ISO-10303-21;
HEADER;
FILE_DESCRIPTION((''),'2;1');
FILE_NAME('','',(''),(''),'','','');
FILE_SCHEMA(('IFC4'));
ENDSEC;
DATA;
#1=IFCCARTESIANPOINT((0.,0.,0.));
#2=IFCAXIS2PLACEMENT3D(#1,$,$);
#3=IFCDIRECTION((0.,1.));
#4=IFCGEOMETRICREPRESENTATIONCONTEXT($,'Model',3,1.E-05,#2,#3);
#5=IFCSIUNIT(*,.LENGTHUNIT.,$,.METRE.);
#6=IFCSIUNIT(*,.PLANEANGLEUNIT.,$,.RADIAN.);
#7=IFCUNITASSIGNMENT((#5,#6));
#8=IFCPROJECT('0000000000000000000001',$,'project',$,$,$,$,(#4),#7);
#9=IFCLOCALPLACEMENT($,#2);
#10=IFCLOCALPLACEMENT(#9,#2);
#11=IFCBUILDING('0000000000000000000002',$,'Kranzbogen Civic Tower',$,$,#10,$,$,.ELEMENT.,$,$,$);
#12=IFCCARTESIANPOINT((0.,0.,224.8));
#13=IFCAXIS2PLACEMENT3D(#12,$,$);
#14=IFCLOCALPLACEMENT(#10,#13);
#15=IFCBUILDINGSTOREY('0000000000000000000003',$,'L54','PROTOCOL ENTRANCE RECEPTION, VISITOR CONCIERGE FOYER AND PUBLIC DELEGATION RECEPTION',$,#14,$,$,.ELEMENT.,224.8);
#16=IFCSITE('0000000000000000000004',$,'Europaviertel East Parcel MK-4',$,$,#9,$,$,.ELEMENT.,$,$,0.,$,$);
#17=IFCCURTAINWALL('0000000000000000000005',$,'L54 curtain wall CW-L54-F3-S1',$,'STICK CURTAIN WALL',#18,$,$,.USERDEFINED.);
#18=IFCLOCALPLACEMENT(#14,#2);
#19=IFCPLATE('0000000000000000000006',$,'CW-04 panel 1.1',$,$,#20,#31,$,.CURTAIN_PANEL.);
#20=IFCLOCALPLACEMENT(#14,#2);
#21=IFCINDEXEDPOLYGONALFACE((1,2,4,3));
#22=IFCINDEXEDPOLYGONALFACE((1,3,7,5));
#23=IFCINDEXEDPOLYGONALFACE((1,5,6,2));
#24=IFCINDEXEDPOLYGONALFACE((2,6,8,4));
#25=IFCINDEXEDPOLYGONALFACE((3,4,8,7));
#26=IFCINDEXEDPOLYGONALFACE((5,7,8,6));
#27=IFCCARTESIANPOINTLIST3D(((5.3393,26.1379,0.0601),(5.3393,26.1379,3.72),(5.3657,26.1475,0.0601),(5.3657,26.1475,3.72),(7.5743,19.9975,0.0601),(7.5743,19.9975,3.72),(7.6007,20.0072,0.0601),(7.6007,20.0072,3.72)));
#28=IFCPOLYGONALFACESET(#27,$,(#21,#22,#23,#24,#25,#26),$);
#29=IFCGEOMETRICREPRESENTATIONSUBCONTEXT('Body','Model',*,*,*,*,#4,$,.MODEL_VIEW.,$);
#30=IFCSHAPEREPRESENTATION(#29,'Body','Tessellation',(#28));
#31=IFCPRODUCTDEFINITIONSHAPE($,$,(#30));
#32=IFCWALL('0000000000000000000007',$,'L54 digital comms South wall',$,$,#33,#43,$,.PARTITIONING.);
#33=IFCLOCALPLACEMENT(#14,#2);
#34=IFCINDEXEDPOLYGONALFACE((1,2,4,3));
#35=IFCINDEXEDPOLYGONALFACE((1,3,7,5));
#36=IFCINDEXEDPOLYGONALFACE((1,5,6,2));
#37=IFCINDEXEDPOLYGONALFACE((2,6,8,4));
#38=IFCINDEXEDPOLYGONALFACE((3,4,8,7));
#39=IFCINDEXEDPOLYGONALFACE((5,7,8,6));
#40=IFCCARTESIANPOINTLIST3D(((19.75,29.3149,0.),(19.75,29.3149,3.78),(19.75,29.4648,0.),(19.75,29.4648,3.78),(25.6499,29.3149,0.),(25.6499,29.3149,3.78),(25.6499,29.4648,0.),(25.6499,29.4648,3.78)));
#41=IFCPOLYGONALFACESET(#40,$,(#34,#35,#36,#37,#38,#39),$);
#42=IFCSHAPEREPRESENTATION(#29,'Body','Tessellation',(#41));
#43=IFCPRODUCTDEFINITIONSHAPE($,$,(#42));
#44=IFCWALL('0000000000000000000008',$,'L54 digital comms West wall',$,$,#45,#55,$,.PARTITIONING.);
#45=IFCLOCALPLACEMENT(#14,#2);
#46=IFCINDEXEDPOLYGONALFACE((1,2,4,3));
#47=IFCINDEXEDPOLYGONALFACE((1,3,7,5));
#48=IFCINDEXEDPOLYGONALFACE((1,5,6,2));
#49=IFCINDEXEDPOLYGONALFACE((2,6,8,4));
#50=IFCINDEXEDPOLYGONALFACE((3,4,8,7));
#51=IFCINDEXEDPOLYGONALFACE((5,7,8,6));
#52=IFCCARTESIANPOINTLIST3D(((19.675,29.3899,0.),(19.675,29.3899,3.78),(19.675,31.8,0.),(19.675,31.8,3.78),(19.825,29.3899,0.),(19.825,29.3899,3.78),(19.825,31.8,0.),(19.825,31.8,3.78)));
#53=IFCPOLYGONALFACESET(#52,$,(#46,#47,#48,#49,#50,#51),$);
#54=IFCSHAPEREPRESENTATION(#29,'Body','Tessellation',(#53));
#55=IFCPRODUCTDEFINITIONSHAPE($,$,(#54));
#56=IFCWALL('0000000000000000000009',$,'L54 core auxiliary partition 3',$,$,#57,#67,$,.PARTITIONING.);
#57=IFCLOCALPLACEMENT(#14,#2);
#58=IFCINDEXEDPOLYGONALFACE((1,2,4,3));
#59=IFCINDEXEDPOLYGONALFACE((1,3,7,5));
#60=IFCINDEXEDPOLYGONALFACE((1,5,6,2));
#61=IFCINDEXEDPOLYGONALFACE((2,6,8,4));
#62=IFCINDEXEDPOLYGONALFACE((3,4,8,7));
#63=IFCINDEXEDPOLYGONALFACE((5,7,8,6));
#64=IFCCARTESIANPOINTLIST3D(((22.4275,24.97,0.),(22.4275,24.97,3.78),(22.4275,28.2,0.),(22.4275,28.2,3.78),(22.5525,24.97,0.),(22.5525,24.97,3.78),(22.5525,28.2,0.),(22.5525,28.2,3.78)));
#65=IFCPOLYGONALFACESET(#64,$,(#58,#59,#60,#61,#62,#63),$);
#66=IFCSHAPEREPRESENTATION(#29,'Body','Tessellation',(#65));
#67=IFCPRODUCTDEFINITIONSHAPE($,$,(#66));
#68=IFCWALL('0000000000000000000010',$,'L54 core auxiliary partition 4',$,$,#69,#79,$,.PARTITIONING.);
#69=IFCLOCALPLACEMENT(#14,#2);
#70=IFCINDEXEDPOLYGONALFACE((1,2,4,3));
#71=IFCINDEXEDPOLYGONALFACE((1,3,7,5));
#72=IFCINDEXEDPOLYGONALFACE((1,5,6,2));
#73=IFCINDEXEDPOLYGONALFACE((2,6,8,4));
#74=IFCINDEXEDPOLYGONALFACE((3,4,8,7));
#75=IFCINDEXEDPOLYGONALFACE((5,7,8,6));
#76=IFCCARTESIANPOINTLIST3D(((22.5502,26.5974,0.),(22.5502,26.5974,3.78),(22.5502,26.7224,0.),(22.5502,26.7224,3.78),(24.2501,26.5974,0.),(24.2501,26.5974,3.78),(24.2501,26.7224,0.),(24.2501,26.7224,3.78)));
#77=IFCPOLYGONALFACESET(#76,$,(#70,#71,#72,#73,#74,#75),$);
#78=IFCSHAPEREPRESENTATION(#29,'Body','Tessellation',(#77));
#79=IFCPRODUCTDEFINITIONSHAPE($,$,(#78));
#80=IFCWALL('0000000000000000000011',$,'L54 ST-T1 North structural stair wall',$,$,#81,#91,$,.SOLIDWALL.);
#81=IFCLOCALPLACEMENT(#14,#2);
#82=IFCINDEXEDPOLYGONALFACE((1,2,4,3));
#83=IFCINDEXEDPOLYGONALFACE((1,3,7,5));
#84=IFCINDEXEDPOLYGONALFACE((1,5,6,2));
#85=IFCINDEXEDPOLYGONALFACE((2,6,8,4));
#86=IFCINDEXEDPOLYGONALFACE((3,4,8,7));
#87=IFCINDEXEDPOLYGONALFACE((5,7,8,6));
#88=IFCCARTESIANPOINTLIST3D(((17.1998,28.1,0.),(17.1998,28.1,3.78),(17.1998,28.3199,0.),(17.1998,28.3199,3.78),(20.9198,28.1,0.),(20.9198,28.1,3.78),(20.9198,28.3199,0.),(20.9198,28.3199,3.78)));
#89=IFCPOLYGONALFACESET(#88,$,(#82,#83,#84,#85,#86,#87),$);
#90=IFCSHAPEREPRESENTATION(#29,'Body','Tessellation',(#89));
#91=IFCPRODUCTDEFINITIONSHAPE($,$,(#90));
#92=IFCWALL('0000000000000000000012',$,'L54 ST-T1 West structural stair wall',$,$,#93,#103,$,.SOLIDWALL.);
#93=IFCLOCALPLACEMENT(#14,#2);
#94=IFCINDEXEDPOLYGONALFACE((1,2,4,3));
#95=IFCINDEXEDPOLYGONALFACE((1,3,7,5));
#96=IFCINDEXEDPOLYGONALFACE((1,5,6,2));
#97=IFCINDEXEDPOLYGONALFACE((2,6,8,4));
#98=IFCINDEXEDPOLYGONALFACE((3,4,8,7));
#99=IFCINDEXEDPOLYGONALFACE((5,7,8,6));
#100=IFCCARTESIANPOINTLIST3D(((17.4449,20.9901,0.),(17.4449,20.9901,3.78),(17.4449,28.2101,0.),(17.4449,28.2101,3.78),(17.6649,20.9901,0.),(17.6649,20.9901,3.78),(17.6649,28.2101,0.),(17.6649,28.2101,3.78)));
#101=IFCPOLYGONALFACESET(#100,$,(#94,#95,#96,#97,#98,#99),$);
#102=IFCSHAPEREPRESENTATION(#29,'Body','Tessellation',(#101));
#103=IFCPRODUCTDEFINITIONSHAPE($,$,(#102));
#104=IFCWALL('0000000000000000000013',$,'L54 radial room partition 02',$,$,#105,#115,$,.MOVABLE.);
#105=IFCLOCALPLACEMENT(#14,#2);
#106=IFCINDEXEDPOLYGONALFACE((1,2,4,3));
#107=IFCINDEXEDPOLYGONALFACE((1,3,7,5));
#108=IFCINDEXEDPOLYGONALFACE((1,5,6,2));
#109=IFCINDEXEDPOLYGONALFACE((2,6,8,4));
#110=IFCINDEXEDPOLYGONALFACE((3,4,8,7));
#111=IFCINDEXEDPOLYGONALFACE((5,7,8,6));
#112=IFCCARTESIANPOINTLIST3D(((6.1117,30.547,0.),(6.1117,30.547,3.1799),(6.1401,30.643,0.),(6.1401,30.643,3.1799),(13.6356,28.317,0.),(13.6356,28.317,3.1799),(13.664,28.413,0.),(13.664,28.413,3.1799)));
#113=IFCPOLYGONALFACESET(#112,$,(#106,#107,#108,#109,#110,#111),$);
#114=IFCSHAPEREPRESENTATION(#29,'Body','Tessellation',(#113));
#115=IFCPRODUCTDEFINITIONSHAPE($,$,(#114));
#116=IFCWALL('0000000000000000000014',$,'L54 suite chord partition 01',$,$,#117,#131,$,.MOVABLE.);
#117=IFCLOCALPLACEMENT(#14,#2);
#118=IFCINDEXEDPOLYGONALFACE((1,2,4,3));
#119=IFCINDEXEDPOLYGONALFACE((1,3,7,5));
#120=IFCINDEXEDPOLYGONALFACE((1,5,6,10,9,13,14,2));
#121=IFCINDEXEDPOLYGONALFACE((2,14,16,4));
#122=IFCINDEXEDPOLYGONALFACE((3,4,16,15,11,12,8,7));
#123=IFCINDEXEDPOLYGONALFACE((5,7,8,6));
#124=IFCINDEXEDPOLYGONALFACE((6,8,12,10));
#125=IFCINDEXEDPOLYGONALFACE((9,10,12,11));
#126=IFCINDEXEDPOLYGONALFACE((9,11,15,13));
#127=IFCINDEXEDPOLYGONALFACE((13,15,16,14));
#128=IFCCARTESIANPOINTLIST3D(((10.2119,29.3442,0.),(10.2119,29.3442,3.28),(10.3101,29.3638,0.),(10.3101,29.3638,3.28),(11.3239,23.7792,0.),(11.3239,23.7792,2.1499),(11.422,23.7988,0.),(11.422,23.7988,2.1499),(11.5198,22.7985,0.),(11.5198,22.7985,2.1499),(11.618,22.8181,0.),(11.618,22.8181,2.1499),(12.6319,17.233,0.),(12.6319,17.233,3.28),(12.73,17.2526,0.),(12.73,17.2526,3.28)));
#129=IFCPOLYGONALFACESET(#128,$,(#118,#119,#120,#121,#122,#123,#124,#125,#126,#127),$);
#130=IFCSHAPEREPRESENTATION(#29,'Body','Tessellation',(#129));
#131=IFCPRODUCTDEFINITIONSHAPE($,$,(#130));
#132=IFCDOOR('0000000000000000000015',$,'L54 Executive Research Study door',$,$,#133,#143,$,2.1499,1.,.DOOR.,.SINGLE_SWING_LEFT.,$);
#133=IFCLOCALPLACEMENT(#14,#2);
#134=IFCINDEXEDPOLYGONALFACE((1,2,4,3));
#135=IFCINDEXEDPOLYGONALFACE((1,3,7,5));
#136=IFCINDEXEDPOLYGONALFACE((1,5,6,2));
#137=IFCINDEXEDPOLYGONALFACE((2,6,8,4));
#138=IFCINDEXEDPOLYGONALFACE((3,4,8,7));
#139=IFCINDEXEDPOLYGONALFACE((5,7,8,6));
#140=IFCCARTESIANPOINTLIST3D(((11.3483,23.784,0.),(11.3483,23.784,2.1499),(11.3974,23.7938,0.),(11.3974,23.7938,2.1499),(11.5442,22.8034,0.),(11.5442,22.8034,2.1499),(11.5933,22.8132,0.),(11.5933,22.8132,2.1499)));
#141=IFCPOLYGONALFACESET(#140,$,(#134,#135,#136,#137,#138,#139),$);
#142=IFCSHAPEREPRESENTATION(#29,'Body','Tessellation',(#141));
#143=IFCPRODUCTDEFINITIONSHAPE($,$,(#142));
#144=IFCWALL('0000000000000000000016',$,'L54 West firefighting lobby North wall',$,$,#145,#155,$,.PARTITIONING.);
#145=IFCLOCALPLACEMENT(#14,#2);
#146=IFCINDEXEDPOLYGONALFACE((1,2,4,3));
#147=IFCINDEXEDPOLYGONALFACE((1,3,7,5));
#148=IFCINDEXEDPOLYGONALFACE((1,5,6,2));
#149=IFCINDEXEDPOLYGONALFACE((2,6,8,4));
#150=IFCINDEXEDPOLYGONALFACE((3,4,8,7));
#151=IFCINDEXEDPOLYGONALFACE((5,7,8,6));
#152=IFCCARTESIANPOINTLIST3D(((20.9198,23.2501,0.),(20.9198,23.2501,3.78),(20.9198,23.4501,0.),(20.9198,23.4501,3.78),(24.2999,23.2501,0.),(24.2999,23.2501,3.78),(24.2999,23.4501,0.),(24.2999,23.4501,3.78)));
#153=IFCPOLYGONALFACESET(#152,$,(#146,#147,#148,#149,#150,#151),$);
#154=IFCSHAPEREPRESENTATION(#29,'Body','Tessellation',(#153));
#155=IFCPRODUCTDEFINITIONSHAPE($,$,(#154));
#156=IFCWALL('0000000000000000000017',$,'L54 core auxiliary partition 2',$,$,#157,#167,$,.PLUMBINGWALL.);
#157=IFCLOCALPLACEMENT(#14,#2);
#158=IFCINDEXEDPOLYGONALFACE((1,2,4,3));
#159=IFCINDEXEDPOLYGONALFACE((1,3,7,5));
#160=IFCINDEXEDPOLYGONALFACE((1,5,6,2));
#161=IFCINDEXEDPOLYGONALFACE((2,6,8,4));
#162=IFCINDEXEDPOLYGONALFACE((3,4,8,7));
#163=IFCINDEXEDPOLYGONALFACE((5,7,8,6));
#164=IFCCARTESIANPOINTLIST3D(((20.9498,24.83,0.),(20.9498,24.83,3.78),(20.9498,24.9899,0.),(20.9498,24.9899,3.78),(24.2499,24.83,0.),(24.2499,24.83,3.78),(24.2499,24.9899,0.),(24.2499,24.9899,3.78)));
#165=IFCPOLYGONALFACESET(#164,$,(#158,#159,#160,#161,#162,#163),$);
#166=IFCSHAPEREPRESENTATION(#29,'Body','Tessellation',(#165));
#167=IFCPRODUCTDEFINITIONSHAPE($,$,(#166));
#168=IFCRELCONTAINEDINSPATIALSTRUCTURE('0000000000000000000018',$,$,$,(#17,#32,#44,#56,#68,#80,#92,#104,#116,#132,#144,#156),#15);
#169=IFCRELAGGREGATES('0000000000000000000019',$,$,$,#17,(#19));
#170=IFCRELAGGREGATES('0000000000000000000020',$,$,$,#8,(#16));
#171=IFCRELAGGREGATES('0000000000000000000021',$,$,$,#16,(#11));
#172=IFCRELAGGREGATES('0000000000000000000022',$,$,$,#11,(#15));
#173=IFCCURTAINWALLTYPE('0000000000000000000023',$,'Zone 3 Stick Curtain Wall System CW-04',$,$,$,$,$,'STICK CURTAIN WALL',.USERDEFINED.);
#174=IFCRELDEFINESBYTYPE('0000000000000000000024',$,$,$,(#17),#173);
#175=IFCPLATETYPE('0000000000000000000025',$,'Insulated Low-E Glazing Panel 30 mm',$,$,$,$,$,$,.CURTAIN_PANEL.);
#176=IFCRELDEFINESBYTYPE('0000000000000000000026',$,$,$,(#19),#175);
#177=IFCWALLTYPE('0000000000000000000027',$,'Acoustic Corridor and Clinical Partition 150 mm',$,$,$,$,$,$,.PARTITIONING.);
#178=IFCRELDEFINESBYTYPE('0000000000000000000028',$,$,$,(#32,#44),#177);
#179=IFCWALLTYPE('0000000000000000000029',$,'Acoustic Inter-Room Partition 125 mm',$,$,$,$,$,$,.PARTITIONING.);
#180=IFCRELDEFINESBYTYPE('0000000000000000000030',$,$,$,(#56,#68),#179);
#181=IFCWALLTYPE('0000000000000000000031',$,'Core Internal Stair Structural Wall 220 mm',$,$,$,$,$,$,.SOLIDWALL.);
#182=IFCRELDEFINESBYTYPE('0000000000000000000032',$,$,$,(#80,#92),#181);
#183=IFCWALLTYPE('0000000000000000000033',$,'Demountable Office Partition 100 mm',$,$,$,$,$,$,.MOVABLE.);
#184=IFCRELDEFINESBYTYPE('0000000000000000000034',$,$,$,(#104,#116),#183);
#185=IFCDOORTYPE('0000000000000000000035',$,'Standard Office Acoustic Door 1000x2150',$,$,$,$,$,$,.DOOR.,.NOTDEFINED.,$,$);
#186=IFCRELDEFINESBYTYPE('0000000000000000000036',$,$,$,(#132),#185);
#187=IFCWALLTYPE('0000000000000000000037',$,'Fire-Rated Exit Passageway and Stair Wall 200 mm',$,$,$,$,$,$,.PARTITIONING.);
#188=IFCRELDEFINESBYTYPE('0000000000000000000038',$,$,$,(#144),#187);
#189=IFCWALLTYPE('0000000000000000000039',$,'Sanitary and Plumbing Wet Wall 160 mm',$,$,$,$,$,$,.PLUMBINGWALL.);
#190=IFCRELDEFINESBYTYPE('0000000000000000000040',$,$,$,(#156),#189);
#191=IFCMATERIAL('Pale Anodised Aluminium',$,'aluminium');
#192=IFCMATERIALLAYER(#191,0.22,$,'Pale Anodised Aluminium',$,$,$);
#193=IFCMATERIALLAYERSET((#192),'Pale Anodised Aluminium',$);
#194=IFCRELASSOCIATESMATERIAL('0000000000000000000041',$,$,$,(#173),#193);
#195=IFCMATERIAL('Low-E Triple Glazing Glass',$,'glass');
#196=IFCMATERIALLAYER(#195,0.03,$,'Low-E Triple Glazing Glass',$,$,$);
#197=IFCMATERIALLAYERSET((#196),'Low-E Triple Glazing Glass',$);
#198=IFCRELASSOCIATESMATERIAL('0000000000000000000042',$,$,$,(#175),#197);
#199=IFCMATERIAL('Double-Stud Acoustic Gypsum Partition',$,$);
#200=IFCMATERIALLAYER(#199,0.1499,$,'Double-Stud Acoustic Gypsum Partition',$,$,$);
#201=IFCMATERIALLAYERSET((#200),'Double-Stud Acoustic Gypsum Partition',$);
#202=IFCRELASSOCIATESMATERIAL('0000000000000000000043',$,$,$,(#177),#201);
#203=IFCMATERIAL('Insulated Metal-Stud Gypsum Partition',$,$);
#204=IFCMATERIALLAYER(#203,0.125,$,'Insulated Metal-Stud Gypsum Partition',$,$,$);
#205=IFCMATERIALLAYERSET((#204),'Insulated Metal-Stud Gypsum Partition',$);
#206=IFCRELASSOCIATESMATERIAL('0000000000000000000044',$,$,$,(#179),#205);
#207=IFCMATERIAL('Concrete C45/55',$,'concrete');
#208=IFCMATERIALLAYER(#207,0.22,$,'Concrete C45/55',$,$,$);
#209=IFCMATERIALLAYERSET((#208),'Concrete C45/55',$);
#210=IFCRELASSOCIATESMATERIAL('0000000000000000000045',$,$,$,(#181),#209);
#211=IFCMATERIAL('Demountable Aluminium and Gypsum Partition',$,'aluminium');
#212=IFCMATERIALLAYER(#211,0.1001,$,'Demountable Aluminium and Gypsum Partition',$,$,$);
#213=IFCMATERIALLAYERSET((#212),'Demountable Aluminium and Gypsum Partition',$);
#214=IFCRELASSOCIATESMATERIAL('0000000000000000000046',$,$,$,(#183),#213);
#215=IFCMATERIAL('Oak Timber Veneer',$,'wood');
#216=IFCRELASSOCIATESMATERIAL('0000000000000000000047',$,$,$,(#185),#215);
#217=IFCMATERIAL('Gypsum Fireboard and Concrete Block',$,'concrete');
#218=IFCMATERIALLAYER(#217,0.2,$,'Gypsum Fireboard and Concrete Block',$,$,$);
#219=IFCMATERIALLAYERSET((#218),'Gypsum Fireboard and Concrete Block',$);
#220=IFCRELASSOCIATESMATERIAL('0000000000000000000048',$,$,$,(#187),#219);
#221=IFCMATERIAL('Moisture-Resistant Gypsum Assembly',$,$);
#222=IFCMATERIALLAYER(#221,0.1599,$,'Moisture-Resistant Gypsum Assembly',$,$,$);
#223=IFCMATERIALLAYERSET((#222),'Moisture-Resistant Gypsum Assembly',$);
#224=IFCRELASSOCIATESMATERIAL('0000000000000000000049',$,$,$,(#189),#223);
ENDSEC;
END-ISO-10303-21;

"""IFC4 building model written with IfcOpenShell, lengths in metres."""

from ifc_helpers import new_model, si_unit, direction, frame, frame_2d, origin, origin_2d, place, context, subcontext, project, spatial, rectangle, extrude, material, layer, layer_set, type_object, element, fill, aggregate, save


model = new_model("IFC4")

# Units and contexts
model_context = context("Model", 3, precision=1e-05, world=origin(), true_north=direction((0.0, 1.0)))
body_context = subcontext(model_context, "Body", "Model", "MODEL_VIEW")
ifc_project = project(units=[si_unit("LENGTHUNIT", "METRE"), si_unit("PLANEANGLEUNIT", "RADIAN")], contexts=[model_context])

# Site, building, storey
site_placement = place(None, origin())
site = spatial("IfcSite", under=ifc_project, at=site_placement, Name="Europaviertel East Parcel MK-4", CompositionType="ELEMENT", RefElevation=0.0)
building_placement = place(site_placement, origin())
building = spatial("IfcBuilding", under=site, at=building_placement, Name="Kranzbogen Civic Tower", CompositionType="ELEMENT")
storey_placement = place(building_placement, frame((0.0, 0.0, 224.8)))
storey = spatial("IfcBuildingStorey", under=building, at=storey_placement, Name="L54", Description="PROTOCOL ENTRANCE RECEPTION, VISITOR CONCIERGE FOYER AND PUBLIC DELEGATION RECEPTION", CompositionType="ELEMENT", Elevation=224.8)

# Curtain wall
ifc_material_1 = material(Name="Pale Anodised Aluminium", Category="aluminium")
ifc_layer_1 = layer(ifc_material_1, 0.22, Name="Pale Anodised Aluminium")
ifc_layer_set_1 = layer_set([ifc_layer_1], Name="Pale Anodised Aluminium")
curtain_wall_type = type_object("IfcCurtainWallType", Name="Zone 3 Stick Curtain Wall System CW-04", ElementType="STICK CURTAIN WALL", PredefinedType="USERDEFINED", material=ifc_layer_set_1)
curtain_wall_placement = place(storey_placement, origin())
curtain_wall = element("IfcCurtainWall", 1, at=curtain_wall_placement, inside=storey, type_object=curtain_wall_type, Name="L54 curtain wall CW-L54-F3-S1", ObjectType="STICK CURTAIN WALL", PredefinedType="USERDEFINED")

# Plate
ifc_material_2 = material(Name="Low-E Triple Glazing Glass", Category="glass")
ifc_layer_2 = layer(ifc_material_2, 0.03, Name="Low-E Triple Glazing Glass")
ifc_layer_set_2 = layer_set([ifc_layer_2], Name="Low-E Triple Glazing Glass")
plate_type = type_object("IfcPlateType", Name="Insulated Low-E Glazing Panel 30 mm", PredefinedType="CURTAIN_PANEL", material=ifc_layer_set_2)
plate_placement = place(storey_placement, frame((6.47, 23.0725, 0.0601), z_axis=(0.0, 0.0, 1.0), x_axis=(0.342033, -0.939688, 0.0)))
plate = element("IfcPlate", 2, at=plate_placement, type_object=plate_type, Name="CW-04 panel 1.1", PredefinedType="CURTAIN_PANEL", context=body_context, shape_type="SweptSolid", body=[
    extrude(rectangle(XDim=6.5344, YDim=0.0281, at=origin_2d()), origin(), (0.0, 0.0, 1.0), 3.6599),
])
aggregate(curtain_wall, [plate])

# Walls
ifc_material_3 = material(Name="Double-Stud Acoustic Gypsum Partition")
ifc_layer_3 = layer(ifc_material_3, 0.1499, Name="Double-Stud Acoustic Gypsum Partition")
ifc_layer_set_3 = layer_set([ifc_layer_3], Name="Double-Stud Acoustic Gypsum Partition")
wall_type_1 = type_object("IfcWallType", Name="Acoustic Corridor and Clinical Partition 150 mm", PredefinedType="PARTITIONING", material=ifc_layer_set_3)
wall_1_placement = place(storey_placement, frame((19.75, 29.3899, 0.0), z_axis=(0.0, 0.0, 1.0), x_axis=(1.0, 0.0, 0.0)))
element("IfcWall", 3, at=wall_1_placement, inside=storey, type_object=wall_type_1, Name="L54 digital comms South wall", PredefinedType="PARTITIONING", context=body_context, shape_type="SweptSolid", body=[
    extrude(rectangle(XDim=5.8999, YDim=0.1499, at=frame_2d((2.95, 0.0))), origin(), (0.0, 0.0, 1.0), 3.78),
])
wall_2_placement = place(storey_placement, frame((19.75, 29.3899, 0.0), z_axis=(0.0, 0.0, 1.0), x_axis=(0.0, 1.0, 0.0)))
element("IfcWall", 4, at=wall_2_placement, inside=storey, type_object=wall_type_1, Name="L54 digital comms West wall", PredefinedType="PARTITIONING", context=body_context, shape_type="SweptSolid", body=[
    extrude(rectangle(XDim=2.4102, YDim=0.1499, at=frame_2d((1.2051, 0.0))), origin(), (0.0, 0.0, 1.0), 3.78),
])

# Shared definitions
ifc_material_4 = material(Name="Insulated Metal-Stud Gypsum Partition")
ifc_layer_4 = layer(ifc_material_4, 0.125, Name="Insulated Metal-Stud Gypsum Partition")
ifc_layer_set_4 = layer_set([ifc_layer_4], Name="Insulated Metal-Stud Gypsum Partition")
wall_type_2 = type_object("IfcWallType", Name="Acoustic Inter-Room Partition 125 mm", PredefinedType="PARTITIONING", material=ifc_layer_set_4)

# Walls
wall_3_placement = place(storey_placement, frame((22.49, 24.97, 0.0), z_axis=(0.0, 0.0, 1.0), x_axis=(0.0, 1.0, 0.0)))
element("IfcWall", 5, at=wall_3_placement, inside=storey, type_object=wall_type_2, Name="L54 core auxiliary partition 3", PredefinedType="PARTITIONING", context=body_context, shape_type="SweptSolid", body=[
    extrude(rectangle(XDim=3.23, YDim=0.125, at=frame_2d((1.615, 0.0))), origin(), (0.0, 0.0, 1.0), 3.78),
])
wall_4_placement = place(storey_placement, frame((22.55, 26.6599, 0.0), z_axis=(0.0, 0.0, 1.0), x_axis=(1.0, 0.0, 0.0)))
element("IfcWall", 6, at=wall_4_placement, inside=storey, type_object=wall_type_2, Name="L54 core auxiliary partition 4", PredefinedType="PARTITIONING", context=body_context, shape_type="SweptSolid", body=[
    extrude(rectangle(XDim=1.7, YDim=0.125, at=frame_2d((0.8501, 0.0))), origin(), (0.0, 0.0, 1.0), 3.78),
])
ifc_material_5 = material(Name="Concrete C45/55", Category="concrete")
ifc_layer_5 = layer(ifc_material_5, 0.22, Name="Concrete C45/55")
ifc_layer_set_5 = layer_set([ifc_layer_5], Name="Concrete C45/55")
wall_type_3 = type_object("IfcWallType", Name="Core Internal Stair Structural Wall 220 mm", PredefinedType="SOLIDWALL", material=ifc_layer_set_5)
wall_5_placement = place(storey_placement, frame((17.2, 28.21, 0.0), z_axis=(0.0, 0.0, 1.0), x_axis=(1.0, 0.0, 0.0)))
element("IfcWall", 7, at=wall_5_placement, inside=storey, type_object=wall_type_3, Name="L54 ST-T1 North structural stair wall", PredefinedType="SOLIDWALL", context=body_context, shape_type="SweptSolid", body=[
    extrude(rectangle(XDim=3.72, YDim=0.22, at=frame_2d((1.8599, 0.0))), origin(), (0.0, 0.0, 1.0), 3.78),
])
wall_6_placement = place(storey_placement, frame((17.5549, 28.21, 0.0), z_axis=(0.0, 0.0, 1.0), x_axis=(0.0, -1.0, 0.0)))
element("IfcWall", 8, at=wall_6_placement, inside=storey, type_object=wall_type_3, Name="L54 ST-T1 West structural stair wall", PredefinedType="SOLIDWALL", context=body_context, shape_type="SweptSolid", body=[
    extrude(rectangle(XDim=7.22, YDim=0.22, at=frame_2d((3.6099, 0.0))), origin(), (0.0, 0.0, 1.0), 3.78),
])
ifc_material_6 = material(Name="Demountable Aluminium and Gypsum Partition", Category="aluminium")
ifc_layer_6 = layer(ifc_material_6, 0.1001, Name="Demountable Aluminium and Gypsum Partition")
ifc_layer_set_6 = layer_set([ifc_layer_6], Name="Demountable Aluminium and Gypsum Partition")
wall_type_4 = type_object("IfcWallType", Name="Demountable Office Partition 100 mm", PredefinedType="MOVABLE", material=ifc_layer_set_6)
wall_7_placement = place(storey_placement, frame((13.6499, 28.365, 0.0), z_axis=(0.0, 0.0, 1.0), x_axis=(-0.958775, 0.284167, 0.0)))
element("IfcWall", 9, at=wall_7_placement, inside=storey, type_object=wall_type_4, Name="L54 radial room partition 02", PredefinedType="MOVABLE", context=body_context, shape_type="SweptSolid", body=[
    extrude(rectangle(XDim=7.8474, YDim=0.1001, at=frame_2d((3.9238, 0.0))), origin(), (0.0, 0.0, 1.0), 3.1799),
])

# Wall, opening, door
wall_8_placement = place(storey_placement, frame((10.261, 29.354, 0.0), z_axis=(0.0, 0.0, 1.0), x_axis=(0.195937, -0.980616, 0.0)))
wall_8 = element("IfcWall", 10, at=wall_8_placement, inside=storey, type_object=wall_type_4, Name="L54 suite chord partition 01", PredefinedType="MOVABLE", context=body_context, shape_type="SweptSolid", body=[
    extrude(rectangle(XDim=12.3506, YDim=0.1001, at=frame_2d((6.1753, 0.0))), origin(), (0.0, 0.0, 1.0), 3.28),
])
opening_1_placement = place(wall_8_placement, frame((5.675, 0.0, 0.0)))
opening_1 = element("IfcOpeningElement", 11, at=opening_1_placement, cuts=wall_8, PredefinedType="OPENING", context=body_context, shape_type="SweptSolid", body=[
    extrude(rectangle(XDim=1.0, YDim=2.1499, at=frame_2d((0.5, 1.075))), frame((0.0, 0.0601, 0.0), z_axis=(0.0, -1.0, 0.0), x_axis=(1.0, 0.0, 0.0)), (0.0, 0.0, 1.0), 0.1201),
])
ifc_material_7 = material(Name="Oak Timber Veneer", Category="wood")
door_type_1 = type_object("IfcDoorType", Name="Standard Office Acoustic Door 1000x2150", OperationType="NOTDEFINED", PredefinedType="DOOR", material=ifc_material_7)
door_1_placement = place(opening_1_placement, origin())
door_1 = element("IfcDoor", 12, at=door_1_placement, inside=storey, type_object=door_type_1, Name="L54 Executive Research Study door", OperationType="SINGLE_SWING_LEFT", OverallHeight=2.1499, OverallWidth=1.0, PredefinedType="DOOR", context=body_context, shape_type="SweptSolid", body=[
    extrude(rectangle(XDim=1.0, YDim=2.1499, at=frame_2d((0.5, 1.075))), frame((0.0, 0.0249, 0.0), z_axis=(0.0, -1.0, 0.0), x_axis=(1.0, 0.0, 0.0)), (0.0, 0.0, 1.0), 0.05),
])
fill(opening_1, door_1)

# Walls
ifc_material_8 = material(Name="Gypsum Fireboard and Concrete Block", Category="concrete")
ifc_layer_7 = layer(ifc_material_8, 0.2, Name="Gypsum Fireboard and Concrete Block")
ifc_layer_set_7 = layer_set([ifc_layer_7], Name="Gypsum Fireboard and Concrete Block")
wall_type_5 = type_object("IfcWallType", Name="Fire-Rated Exit Passageway and Stair Wall 200 mm", PredefinedType="PARTITIONING", material=ifc_layer_set_7)
wall_9_placement = place(storey_placement, frame((20.9199, 23.3501, 0.0), z_axis=(0.0, 0.0, 1.0), x_axis=(1.0, 0.0, 0.0)))
element("IfcWall", 13, at=wall_9_placement, inside=storey, type_object=wall_type_5, Name="L54 West firefighting lobby North wall", PredefinedType="PARTITIONING", context=body_context, shape_type="SweptSolid", body=[
    extrude(rectangle(XDim=3.3801, YDim=0.2, at=frame_2d((1.6899, 0.0))), origin(), (0.0, 0.0, 1.0), 3.78),
])
ifc_material_9 = material(Name="Moisture-Resistant Gypsum Assembly")
ifc_layer_8 = layer(ifc_material_9, 0.1599, Name="Moisture-Resistant Gypsum Assembly")
ifc_layer_set_8 = layer_set([ifc_layer_8], Name="Moisture-Resistant Gypsum Assembly")
wall_type_6 = type_object("IfcWallType", Name="Sanitary and Plumbing Wet Wall 160 mm", PredefinedType="PLUMBINGWALL", material=ifc_layer_set_8)
wall_10_placement = place(storey_placement, frame((20.95, 24.9099, 0.0), z_axis=(0.0, 0.0, 1.0), x_axis=(1.0, 0.0, 0.0)))
element("IfcWall", 14, at=wall_10_placement, inside=storey, type_object=wall_type_6, Name="L54 core auxiliary partition 2", PredefinedType="PLUMBINGWALL", context=body_context, shape_type="SweptSolid", body=[
    extrude(rectangle(XDim=3.3, YDim=0.1599, at=frame_2d((1.6499, 0.0))), origin(), (0.0, 0.0, 1.0), 3.78),
])

save(model, "model.ifc")
